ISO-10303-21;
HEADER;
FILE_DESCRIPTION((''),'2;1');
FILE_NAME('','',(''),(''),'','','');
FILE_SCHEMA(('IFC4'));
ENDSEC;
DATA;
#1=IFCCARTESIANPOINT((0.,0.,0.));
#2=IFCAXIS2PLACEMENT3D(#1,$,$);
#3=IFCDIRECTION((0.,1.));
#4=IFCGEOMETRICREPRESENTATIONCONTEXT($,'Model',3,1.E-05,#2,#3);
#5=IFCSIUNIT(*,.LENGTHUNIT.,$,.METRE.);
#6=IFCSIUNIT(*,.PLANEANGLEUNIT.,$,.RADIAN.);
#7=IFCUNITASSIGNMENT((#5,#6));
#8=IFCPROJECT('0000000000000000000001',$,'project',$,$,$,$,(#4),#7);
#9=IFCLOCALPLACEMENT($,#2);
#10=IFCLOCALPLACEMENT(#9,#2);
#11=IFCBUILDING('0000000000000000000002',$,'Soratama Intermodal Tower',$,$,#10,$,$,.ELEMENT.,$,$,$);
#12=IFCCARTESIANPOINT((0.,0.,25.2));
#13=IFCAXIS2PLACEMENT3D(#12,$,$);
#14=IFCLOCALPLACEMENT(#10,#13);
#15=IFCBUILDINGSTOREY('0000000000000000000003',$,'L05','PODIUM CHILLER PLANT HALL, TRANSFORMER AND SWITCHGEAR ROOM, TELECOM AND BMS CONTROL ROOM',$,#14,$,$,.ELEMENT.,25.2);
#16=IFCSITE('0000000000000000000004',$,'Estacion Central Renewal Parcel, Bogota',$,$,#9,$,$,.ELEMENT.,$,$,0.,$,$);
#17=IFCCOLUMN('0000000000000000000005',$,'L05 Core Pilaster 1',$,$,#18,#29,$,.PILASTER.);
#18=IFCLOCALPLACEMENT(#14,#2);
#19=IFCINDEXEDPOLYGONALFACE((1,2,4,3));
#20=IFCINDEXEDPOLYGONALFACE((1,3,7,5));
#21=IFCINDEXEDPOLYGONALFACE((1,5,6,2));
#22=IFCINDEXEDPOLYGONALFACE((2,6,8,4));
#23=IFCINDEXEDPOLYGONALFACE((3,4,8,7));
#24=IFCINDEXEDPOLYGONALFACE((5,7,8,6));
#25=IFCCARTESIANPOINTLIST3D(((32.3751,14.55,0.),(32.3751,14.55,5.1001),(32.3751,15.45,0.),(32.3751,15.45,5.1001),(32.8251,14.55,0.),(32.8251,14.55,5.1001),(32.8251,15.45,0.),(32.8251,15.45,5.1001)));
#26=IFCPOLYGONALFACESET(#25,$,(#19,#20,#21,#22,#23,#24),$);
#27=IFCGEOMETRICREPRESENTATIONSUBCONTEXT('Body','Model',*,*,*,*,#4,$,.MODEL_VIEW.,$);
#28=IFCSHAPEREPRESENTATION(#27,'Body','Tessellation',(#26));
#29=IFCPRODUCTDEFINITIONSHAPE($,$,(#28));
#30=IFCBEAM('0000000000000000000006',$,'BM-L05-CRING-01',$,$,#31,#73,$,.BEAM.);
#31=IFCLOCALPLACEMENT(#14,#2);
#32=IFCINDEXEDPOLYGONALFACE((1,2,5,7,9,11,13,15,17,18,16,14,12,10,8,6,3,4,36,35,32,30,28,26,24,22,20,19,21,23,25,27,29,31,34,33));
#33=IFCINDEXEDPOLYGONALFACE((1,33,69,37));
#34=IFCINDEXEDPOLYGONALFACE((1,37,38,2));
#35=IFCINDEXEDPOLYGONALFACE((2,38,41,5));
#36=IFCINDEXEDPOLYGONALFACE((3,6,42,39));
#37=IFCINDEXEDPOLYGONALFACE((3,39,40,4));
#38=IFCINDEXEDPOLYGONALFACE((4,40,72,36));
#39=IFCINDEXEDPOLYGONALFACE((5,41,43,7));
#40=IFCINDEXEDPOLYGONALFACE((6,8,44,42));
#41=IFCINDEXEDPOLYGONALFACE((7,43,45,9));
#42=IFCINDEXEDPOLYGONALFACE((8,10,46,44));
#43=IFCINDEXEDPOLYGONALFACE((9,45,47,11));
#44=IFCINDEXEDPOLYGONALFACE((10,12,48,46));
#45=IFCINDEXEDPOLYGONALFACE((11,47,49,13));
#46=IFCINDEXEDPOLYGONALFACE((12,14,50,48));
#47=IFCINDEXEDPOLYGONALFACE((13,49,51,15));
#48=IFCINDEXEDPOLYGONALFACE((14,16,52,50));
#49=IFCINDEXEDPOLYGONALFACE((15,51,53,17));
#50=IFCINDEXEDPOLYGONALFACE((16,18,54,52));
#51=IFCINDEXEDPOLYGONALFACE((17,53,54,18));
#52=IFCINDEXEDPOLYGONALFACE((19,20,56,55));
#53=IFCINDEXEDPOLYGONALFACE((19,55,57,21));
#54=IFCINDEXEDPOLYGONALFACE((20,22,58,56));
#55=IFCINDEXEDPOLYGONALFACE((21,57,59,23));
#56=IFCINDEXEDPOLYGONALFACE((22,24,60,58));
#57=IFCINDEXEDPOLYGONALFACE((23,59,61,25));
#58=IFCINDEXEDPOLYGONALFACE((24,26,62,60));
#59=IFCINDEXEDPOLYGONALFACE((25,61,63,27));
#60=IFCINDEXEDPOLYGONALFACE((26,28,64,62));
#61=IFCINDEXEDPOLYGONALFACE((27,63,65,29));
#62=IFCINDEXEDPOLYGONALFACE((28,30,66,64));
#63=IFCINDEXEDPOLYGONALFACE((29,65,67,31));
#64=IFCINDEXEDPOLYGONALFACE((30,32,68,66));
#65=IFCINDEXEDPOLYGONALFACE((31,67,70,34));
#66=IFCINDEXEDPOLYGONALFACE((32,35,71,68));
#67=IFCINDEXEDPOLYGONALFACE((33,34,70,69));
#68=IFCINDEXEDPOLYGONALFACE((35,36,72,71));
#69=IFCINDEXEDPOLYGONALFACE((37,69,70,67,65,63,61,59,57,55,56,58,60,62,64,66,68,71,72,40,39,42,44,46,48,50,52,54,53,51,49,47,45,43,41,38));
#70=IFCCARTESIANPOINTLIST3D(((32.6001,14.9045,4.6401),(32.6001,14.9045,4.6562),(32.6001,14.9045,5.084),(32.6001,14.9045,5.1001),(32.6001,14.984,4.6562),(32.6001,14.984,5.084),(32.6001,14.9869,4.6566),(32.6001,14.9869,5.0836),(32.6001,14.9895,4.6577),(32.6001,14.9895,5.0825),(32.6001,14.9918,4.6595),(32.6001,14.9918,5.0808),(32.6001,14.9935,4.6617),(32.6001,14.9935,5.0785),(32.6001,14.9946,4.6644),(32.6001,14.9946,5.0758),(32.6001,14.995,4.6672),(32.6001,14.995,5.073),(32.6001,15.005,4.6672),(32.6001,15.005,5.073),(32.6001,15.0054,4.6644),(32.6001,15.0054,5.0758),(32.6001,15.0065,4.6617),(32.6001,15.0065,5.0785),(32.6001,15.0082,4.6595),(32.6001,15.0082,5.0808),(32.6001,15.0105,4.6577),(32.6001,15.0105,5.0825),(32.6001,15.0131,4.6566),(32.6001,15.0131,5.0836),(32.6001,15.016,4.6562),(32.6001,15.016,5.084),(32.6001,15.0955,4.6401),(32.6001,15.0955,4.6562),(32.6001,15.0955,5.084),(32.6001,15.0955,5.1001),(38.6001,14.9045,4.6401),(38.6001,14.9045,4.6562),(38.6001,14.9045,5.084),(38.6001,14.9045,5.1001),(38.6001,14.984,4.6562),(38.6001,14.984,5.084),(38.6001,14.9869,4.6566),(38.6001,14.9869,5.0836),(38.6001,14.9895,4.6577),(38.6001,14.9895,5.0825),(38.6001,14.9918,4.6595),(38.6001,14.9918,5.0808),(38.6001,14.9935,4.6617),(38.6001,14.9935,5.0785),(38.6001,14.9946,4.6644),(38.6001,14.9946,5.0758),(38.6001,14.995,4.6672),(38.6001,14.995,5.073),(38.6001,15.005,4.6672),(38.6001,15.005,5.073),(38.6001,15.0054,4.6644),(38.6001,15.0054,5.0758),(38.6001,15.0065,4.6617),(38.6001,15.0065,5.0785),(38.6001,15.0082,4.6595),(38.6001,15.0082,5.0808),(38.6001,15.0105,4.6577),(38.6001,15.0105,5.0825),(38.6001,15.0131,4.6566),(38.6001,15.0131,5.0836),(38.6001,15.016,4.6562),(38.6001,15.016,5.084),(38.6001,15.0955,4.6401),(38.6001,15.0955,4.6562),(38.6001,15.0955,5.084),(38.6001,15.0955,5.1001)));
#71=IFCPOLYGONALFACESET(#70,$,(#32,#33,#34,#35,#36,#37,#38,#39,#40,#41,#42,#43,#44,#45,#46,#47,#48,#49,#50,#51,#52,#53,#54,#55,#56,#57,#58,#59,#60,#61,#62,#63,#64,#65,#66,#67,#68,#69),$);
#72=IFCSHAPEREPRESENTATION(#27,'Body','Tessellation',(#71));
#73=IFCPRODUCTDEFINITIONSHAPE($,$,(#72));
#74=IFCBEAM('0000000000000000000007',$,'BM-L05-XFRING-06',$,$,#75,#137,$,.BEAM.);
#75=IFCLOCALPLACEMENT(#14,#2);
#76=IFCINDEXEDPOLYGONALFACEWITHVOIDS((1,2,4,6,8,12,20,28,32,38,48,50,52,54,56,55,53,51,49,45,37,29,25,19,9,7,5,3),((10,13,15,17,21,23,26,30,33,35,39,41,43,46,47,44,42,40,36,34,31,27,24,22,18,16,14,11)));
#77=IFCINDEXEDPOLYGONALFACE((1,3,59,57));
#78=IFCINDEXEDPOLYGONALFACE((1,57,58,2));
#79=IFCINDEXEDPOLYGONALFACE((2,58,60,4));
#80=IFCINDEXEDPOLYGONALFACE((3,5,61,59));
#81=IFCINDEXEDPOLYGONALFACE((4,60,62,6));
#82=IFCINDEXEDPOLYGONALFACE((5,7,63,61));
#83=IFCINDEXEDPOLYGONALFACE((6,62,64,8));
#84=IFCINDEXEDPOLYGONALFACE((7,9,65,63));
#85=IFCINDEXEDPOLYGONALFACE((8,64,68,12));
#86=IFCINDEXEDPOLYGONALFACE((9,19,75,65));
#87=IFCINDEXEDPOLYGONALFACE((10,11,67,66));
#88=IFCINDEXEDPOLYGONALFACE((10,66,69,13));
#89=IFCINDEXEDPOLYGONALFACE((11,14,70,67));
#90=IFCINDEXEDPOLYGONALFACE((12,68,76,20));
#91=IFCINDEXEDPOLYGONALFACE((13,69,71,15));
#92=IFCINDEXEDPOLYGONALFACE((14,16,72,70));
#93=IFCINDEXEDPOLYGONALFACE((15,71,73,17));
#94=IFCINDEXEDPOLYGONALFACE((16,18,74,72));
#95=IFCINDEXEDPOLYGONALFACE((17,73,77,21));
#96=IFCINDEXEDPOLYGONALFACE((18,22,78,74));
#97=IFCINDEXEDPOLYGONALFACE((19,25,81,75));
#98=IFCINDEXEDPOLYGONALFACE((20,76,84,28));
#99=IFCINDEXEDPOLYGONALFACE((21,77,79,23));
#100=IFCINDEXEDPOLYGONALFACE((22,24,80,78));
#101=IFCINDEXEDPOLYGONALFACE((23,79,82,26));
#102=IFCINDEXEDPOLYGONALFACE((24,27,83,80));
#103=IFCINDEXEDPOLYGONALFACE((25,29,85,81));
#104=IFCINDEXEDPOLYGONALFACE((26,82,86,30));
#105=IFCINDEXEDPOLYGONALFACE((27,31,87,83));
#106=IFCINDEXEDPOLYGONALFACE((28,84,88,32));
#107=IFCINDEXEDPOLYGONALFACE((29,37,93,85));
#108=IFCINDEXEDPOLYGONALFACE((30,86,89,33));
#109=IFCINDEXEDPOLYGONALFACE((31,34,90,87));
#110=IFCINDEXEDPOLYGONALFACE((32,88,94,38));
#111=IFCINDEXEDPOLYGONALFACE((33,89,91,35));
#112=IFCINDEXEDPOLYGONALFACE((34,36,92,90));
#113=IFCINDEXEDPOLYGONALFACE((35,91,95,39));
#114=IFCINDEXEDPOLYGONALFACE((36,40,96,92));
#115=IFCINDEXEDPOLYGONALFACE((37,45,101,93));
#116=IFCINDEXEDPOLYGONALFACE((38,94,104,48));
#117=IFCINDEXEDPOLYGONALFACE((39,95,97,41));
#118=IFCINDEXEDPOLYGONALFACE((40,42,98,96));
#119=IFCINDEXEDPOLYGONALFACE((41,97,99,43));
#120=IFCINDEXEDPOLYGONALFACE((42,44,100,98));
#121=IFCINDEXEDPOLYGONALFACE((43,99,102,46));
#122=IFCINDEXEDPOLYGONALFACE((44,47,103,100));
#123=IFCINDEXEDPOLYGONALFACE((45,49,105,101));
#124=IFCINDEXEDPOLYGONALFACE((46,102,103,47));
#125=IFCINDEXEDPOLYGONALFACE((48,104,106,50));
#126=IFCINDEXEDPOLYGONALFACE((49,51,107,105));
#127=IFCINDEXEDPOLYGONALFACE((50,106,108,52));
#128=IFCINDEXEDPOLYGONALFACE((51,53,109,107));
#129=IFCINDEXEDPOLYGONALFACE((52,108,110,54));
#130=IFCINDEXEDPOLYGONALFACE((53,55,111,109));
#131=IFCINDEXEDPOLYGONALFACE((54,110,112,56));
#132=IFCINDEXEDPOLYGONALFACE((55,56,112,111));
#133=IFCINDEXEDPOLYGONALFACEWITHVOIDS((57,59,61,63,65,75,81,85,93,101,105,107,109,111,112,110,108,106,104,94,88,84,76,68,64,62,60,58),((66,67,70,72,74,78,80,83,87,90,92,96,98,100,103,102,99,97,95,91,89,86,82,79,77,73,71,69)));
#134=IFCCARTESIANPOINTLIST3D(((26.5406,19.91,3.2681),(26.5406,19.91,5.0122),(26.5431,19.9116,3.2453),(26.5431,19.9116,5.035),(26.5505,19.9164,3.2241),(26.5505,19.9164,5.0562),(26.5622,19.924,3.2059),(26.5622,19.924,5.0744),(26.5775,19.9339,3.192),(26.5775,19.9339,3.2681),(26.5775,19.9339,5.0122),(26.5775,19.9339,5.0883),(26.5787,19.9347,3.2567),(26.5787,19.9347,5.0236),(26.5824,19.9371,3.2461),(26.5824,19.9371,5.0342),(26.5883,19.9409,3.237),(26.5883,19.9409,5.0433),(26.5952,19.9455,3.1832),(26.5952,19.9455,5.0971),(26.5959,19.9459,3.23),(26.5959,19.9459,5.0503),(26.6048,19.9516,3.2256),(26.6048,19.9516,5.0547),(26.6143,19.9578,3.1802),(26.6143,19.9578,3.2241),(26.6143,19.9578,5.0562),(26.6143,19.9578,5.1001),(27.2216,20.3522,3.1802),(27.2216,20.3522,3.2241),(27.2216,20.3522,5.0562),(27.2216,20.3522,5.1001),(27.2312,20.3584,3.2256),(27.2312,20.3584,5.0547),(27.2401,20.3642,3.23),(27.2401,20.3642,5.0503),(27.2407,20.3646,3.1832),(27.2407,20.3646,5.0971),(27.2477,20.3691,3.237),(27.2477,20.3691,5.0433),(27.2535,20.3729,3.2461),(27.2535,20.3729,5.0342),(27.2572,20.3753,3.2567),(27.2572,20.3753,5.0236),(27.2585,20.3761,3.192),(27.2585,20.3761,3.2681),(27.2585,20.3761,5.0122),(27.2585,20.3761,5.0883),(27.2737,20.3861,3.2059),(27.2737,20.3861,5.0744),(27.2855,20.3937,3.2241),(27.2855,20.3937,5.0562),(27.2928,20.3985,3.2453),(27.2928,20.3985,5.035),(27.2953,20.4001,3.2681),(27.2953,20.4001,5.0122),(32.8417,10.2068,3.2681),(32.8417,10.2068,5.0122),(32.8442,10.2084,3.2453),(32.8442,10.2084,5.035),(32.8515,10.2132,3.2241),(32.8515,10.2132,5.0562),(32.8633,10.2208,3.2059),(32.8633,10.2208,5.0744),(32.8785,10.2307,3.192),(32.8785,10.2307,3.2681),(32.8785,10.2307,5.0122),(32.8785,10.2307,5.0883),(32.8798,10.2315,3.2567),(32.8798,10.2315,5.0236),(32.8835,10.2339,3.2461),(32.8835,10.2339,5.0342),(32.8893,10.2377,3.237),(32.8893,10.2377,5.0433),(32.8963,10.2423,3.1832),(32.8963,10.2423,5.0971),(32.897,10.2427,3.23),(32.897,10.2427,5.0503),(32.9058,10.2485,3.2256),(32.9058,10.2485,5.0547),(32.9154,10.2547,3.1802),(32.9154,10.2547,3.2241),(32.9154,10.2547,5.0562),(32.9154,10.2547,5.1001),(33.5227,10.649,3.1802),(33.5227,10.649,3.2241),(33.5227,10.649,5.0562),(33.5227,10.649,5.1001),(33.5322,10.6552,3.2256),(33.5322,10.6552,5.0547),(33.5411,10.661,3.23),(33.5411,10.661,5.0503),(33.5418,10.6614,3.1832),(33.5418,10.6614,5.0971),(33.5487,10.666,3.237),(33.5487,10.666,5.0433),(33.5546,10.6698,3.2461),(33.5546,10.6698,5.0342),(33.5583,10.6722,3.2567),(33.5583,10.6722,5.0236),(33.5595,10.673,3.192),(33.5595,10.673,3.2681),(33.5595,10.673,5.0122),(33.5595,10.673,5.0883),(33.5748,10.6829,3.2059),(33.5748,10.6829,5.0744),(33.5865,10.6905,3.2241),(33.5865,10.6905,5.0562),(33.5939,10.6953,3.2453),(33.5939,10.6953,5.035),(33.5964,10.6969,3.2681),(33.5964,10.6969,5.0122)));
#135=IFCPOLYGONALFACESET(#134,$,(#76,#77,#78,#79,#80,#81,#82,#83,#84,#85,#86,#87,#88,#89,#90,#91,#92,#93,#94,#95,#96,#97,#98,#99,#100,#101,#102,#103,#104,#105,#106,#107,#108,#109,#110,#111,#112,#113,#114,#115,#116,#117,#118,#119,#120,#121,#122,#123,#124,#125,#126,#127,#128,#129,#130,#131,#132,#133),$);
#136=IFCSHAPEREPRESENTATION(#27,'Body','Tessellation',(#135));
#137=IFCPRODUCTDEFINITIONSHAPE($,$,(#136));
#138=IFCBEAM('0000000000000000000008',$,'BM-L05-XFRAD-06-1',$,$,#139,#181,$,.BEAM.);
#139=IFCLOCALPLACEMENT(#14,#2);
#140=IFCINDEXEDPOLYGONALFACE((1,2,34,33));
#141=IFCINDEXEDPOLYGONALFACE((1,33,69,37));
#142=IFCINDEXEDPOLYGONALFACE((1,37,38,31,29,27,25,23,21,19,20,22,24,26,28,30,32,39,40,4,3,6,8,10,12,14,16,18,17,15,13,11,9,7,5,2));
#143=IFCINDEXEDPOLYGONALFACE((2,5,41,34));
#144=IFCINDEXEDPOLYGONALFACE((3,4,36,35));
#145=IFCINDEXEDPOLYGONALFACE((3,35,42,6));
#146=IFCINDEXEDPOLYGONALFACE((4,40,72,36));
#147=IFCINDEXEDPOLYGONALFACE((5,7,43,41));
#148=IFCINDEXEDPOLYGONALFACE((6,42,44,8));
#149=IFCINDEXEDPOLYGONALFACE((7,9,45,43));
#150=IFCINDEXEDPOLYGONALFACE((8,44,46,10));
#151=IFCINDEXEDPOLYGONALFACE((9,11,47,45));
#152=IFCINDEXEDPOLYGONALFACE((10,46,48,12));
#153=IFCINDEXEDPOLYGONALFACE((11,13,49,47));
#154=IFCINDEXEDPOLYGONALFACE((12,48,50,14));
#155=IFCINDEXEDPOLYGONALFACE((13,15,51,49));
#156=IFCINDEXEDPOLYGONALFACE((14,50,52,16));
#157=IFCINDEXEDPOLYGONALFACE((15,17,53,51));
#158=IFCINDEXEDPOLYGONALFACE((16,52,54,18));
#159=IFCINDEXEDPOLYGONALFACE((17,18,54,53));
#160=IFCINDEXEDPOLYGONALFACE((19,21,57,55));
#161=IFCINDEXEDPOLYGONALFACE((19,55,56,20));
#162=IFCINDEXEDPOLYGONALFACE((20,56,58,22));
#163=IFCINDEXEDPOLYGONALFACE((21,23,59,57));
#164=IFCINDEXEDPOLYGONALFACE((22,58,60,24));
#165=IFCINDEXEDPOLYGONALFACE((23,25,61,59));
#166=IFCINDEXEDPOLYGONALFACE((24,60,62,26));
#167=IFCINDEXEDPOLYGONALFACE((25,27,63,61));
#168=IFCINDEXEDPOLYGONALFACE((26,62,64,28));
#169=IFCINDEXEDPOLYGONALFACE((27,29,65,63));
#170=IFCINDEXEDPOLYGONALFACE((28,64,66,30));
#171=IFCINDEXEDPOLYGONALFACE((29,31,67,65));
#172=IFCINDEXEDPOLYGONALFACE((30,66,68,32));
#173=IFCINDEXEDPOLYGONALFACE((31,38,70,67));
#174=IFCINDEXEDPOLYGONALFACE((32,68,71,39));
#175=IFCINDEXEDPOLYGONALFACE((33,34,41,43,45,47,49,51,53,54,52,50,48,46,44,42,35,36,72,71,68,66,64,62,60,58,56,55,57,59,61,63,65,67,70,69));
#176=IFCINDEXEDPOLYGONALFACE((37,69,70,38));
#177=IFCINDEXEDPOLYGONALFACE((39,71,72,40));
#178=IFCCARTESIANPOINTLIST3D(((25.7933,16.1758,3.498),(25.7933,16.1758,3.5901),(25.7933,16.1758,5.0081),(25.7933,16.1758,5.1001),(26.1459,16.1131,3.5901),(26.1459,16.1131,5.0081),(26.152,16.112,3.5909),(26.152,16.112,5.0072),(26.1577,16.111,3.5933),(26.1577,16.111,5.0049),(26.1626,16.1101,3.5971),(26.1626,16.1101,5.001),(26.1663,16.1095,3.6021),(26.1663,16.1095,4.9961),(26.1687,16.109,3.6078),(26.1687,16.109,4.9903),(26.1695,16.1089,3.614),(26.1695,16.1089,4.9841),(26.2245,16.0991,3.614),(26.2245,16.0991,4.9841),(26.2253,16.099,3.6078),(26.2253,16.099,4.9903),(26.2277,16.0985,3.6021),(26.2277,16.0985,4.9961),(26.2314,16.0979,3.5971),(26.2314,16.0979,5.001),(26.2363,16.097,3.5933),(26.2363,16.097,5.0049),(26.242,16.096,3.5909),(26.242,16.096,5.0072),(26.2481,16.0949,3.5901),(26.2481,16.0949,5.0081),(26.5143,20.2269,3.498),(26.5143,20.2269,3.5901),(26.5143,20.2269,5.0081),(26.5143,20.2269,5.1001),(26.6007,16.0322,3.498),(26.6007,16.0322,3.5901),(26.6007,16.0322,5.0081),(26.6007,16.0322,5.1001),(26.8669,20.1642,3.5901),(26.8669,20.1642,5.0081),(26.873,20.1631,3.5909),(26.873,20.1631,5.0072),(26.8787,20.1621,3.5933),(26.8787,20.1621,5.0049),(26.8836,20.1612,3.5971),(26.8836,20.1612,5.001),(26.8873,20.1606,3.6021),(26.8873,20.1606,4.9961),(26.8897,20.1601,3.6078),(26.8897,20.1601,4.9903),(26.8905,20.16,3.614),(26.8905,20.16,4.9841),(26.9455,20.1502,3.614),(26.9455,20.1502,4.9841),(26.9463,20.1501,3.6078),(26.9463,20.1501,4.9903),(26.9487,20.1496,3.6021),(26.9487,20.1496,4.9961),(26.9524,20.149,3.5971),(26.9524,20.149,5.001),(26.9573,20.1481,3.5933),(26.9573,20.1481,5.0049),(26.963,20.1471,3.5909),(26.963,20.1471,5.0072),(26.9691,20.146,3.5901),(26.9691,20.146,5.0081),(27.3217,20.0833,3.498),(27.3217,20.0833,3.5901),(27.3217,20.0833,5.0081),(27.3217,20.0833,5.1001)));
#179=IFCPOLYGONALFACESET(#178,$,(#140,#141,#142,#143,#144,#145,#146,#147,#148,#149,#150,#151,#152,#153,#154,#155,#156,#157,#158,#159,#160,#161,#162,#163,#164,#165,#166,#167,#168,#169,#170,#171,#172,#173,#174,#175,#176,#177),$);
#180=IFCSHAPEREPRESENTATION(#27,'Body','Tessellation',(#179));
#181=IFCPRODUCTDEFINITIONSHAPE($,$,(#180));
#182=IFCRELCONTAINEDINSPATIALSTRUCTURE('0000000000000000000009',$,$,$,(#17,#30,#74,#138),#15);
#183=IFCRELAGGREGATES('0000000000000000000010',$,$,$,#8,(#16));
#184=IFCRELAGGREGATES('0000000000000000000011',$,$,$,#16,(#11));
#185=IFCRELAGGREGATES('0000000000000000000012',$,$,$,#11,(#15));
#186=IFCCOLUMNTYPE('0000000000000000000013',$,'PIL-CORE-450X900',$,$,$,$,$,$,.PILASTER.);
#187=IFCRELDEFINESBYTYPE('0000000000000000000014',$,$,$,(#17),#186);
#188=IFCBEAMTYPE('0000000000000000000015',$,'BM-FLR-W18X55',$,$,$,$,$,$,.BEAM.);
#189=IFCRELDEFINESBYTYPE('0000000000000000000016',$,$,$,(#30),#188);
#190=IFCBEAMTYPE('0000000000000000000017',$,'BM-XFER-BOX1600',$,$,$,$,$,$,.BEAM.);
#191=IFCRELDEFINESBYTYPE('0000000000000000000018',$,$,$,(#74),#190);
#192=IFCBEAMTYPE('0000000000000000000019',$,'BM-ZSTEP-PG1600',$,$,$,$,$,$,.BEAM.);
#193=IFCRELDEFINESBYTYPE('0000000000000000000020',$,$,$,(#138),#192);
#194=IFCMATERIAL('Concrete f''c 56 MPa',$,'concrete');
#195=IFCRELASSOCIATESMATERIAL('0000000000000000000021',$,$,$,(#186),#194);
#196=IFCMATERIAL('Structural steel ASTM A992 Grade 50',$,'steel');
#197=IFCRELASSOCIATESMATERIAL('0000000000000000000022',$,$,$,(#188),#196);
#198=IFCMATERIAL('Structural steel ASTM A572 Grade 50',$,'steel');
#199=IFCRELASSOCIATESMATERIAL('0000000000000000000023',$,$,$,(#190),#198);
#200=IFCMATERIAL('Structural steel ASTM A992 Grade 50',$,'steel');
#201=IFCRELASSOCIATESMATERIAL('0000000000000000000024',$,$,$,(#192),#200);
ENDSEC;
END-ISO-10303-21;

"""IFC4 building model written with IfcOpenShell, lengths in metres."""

from ifc_helpers import new_model, si_unit, direction, frame, origin, origin_2d, place, context, subcontext, project, spatial, rectangle, hollow_rectangle, i_section, extrude, material, material_profile, profile_set, type_object, element, save


model = new_model("IFC4")

# Units and contexts
model_context = context("Model", 3, precision=1e-05, world=origin(), true_north=direction((0.0, 1.0)))
body_context = subcontext(model_context, "Body", "Model", "MODEL_VIEW")
ifc_project = project(units=[si_unit("LENGTHUNIT", "METRE"), si_unit("PLANEANGLEUNIT", "RADIAN")], contexts=[model_context])

# Site, building, storey
site_placement = place(None, origin())
site = spatial("IfcSite", under=ifc_project, at=site_placement, Name="Estacion Central Renewal Parcel, Bogota", CompositionType="ELEMENT", RefElevation=0.0)
building_placement = place(site_placement, origin())
building = spatial("IfcBuilding", under=site, at=building_placement, Name="Soratama Intermodal Tower", CompositionType="ELEMENT")
storey_placement = place(building_placement, frame((0.0, 0.0, 25.2)))
storey = spatial("IfcBuildingStorey", under=building, at=storey_placement, Name="L05", Description="PODIUM CHILLER PLANT HALL, TRANSFORMER AND SWITCHGEAR ROOM, TELECOM AND BMS CONTROL ROOM", CompositionType="ELEMENT", Elevation=25.2)

# Column
ifc_material_1 = material(Name="Concrete f'c 56 MPa", Category="concrete")
ifc_material_profile_1 = material_profile(ifc_material_1, rectangle(XDim=0.45, YDim=0.8999, at=origin_2d()), Name="RC450X900")
ifc_profile_set_1 = profile_set([ifc_material_profile_1], Name="Concrete f'c 56 MPa")
column_type = type_object("IfcColumnType", Name="PIL-CORE-450X900", PredefinedType="PILASTER", material=ifc_profile_set_1)
column_placement = place(storey_placement, frame((32.6001, 15.0, 0.0), z_axis=(0.0, 0.0, 1.0), x_axis=(1.0, 0.0, 0.0)))
element("IfcColumn", 1, at=column_placement, inside=storey, type_object=column_type, Name="L05 Core Pilaster 1", PredefinedType="PILASTER", context=body_context, shape_type="SweptSolid", body=[
    extrude(rectangle(XDim=0.45, YDim=0.8999, at=origin_2d()), origin(), (0.0, 0.0, 1.0), 5.1001),
])

# Beams
ifc_material_2 = material(Name="Structural steel ASTM A992 Grade 50", Category="steel")
ifc_material_profile_2 = material_profile(ifc_material_2, i_section(OverallWidth=0.1909, OverallDepth=0.46, WebThickness=0.01, FlangeThickness=0.0161, FilletRadius=0.011, at=origin_2d()), Name="W18X55")
ifc_profile_set_2 = profile_set([ifc_material_profile_2], Name="Structural steel ASTM A992 Grade 50")
beam_type_1 = type_object("IfcBeamType", Name="BM-FLR-W18X55", PredefinedType="BEAM", material=ifc_profile_set_2)
beam_1_placement = place(storey_placement, frame((32.6001, 15.0, 4.8701), z_axis=(1.0, 0.0, 0.0), x_axis=(0.0, 1.0, 0.0)))
element("IfcBeam", 2, at=beam_1_placement, inside=storey, type_object=beam_type_1, Name="BM-L05-CRING-01", PredefinedType="BEAM", context=body_context, shape_type="SweptSolid", body=[
    extrude(i_section(OverallWidth=0.1909, OverallDepth=0.46, WebThickness=0.01, FlangeThickness=0.0161, FilletRadius=0.011, at=origin_2d()), origin(), (0.0, 0.0, 1.0), 6.0),
])
ifc_material_3 = material(Name="Structural steel ASTM A572 Grade 50", Category="steel")
ifc_material_profile_3 = material_profile(ifc_material_3, hollow_rectangle(XDim=0.8999, YDim=1.9199, WallThickness=0.0439, InnerFilletRadius=0.0439, OuterFilletRadius=0.0879, at=origin_2d()), Name="BOX1600X900X40")
ifc_profile_set_3 = profile_set([ifc_material_profile_3], Name="Structural steel ASTM A572 Grade 50")
beam_type_2 = type_object("IfcBeamType", Name="BM-XFER-BOX1600", PredefinedType="BEAM", material=ifc_profile_set_3)
beam_2_placement = place(storey_placement, frame((26.918, 20.155, 4.1401), z_axis=(0.544623, -0.838681, 0.0), x_axis=(0.838681, 0.544623, 0.0)))
element("IfcBeam", 3, at=beam_2_placement, inside=storey, type_object=beam_type_2, Name="BM-L05-XFRING-06", PredefinedType="BEAM", context=body_context, shape_type="SweptSolid", body=[
    extrude(hollow_rectangle(XDim=0.8999, YDim=1.9199, WallThickness=0.0439, InnerFilletRadius=0.0439, OuterFilletRadius=0.0879, at=origin_2d()), origin(), (0.0, 0.0, 1.0), 11.5696),
])
ifc_material_4 = material(Name="Structural steel ASTM A992 Grade 50", Category="steel")
ifc_material_profile_4 = material_profile(ifc_material_4, i_section(OverallWidth=0.8201, OverallDepth=1.6021, WebThickness=0.0559, FlangeThickness=0.092, FilletRadius=0.0239, at=origin_2d()), Name="PG1600X650")
ifc_profile_set_4 = profile_set([ifc_material_profile_4], Name="Structural steel ASTM A992 Grade 50")
beam_type_3 = type_object("IfcBeamType", Name="BM-ZSTEP-PG1600", PredefinedType="BEAM", material=ifc_profile_set_4)
beam_3_placement = place(storey_placement, frame((26.197, 16.104, 4.2991), z_axis=(0.175214, 0.98453, 0.0), x_axis=(-0.98453, 0.175214, 0.0)))
element("IfcBeam", 4, at=beam_3_placement, inside=storey, type_object=beam_type_3, Name="BM-L05-XFRAD-06-1", PredefinedType="BEAM", context=body_context, shape_type="SweptSolid", body=[
    extrude(i_section(OverallWidth=0.8201, OverallDepth=1.6021, WebThickness=0.0559, FlangeThickness=0.092, FilletRadius=0.0239, at=origin_2d()), origin(), (0.0, 0.0, 1.0), 4.1147),
])

save(model, "model.ifc")
